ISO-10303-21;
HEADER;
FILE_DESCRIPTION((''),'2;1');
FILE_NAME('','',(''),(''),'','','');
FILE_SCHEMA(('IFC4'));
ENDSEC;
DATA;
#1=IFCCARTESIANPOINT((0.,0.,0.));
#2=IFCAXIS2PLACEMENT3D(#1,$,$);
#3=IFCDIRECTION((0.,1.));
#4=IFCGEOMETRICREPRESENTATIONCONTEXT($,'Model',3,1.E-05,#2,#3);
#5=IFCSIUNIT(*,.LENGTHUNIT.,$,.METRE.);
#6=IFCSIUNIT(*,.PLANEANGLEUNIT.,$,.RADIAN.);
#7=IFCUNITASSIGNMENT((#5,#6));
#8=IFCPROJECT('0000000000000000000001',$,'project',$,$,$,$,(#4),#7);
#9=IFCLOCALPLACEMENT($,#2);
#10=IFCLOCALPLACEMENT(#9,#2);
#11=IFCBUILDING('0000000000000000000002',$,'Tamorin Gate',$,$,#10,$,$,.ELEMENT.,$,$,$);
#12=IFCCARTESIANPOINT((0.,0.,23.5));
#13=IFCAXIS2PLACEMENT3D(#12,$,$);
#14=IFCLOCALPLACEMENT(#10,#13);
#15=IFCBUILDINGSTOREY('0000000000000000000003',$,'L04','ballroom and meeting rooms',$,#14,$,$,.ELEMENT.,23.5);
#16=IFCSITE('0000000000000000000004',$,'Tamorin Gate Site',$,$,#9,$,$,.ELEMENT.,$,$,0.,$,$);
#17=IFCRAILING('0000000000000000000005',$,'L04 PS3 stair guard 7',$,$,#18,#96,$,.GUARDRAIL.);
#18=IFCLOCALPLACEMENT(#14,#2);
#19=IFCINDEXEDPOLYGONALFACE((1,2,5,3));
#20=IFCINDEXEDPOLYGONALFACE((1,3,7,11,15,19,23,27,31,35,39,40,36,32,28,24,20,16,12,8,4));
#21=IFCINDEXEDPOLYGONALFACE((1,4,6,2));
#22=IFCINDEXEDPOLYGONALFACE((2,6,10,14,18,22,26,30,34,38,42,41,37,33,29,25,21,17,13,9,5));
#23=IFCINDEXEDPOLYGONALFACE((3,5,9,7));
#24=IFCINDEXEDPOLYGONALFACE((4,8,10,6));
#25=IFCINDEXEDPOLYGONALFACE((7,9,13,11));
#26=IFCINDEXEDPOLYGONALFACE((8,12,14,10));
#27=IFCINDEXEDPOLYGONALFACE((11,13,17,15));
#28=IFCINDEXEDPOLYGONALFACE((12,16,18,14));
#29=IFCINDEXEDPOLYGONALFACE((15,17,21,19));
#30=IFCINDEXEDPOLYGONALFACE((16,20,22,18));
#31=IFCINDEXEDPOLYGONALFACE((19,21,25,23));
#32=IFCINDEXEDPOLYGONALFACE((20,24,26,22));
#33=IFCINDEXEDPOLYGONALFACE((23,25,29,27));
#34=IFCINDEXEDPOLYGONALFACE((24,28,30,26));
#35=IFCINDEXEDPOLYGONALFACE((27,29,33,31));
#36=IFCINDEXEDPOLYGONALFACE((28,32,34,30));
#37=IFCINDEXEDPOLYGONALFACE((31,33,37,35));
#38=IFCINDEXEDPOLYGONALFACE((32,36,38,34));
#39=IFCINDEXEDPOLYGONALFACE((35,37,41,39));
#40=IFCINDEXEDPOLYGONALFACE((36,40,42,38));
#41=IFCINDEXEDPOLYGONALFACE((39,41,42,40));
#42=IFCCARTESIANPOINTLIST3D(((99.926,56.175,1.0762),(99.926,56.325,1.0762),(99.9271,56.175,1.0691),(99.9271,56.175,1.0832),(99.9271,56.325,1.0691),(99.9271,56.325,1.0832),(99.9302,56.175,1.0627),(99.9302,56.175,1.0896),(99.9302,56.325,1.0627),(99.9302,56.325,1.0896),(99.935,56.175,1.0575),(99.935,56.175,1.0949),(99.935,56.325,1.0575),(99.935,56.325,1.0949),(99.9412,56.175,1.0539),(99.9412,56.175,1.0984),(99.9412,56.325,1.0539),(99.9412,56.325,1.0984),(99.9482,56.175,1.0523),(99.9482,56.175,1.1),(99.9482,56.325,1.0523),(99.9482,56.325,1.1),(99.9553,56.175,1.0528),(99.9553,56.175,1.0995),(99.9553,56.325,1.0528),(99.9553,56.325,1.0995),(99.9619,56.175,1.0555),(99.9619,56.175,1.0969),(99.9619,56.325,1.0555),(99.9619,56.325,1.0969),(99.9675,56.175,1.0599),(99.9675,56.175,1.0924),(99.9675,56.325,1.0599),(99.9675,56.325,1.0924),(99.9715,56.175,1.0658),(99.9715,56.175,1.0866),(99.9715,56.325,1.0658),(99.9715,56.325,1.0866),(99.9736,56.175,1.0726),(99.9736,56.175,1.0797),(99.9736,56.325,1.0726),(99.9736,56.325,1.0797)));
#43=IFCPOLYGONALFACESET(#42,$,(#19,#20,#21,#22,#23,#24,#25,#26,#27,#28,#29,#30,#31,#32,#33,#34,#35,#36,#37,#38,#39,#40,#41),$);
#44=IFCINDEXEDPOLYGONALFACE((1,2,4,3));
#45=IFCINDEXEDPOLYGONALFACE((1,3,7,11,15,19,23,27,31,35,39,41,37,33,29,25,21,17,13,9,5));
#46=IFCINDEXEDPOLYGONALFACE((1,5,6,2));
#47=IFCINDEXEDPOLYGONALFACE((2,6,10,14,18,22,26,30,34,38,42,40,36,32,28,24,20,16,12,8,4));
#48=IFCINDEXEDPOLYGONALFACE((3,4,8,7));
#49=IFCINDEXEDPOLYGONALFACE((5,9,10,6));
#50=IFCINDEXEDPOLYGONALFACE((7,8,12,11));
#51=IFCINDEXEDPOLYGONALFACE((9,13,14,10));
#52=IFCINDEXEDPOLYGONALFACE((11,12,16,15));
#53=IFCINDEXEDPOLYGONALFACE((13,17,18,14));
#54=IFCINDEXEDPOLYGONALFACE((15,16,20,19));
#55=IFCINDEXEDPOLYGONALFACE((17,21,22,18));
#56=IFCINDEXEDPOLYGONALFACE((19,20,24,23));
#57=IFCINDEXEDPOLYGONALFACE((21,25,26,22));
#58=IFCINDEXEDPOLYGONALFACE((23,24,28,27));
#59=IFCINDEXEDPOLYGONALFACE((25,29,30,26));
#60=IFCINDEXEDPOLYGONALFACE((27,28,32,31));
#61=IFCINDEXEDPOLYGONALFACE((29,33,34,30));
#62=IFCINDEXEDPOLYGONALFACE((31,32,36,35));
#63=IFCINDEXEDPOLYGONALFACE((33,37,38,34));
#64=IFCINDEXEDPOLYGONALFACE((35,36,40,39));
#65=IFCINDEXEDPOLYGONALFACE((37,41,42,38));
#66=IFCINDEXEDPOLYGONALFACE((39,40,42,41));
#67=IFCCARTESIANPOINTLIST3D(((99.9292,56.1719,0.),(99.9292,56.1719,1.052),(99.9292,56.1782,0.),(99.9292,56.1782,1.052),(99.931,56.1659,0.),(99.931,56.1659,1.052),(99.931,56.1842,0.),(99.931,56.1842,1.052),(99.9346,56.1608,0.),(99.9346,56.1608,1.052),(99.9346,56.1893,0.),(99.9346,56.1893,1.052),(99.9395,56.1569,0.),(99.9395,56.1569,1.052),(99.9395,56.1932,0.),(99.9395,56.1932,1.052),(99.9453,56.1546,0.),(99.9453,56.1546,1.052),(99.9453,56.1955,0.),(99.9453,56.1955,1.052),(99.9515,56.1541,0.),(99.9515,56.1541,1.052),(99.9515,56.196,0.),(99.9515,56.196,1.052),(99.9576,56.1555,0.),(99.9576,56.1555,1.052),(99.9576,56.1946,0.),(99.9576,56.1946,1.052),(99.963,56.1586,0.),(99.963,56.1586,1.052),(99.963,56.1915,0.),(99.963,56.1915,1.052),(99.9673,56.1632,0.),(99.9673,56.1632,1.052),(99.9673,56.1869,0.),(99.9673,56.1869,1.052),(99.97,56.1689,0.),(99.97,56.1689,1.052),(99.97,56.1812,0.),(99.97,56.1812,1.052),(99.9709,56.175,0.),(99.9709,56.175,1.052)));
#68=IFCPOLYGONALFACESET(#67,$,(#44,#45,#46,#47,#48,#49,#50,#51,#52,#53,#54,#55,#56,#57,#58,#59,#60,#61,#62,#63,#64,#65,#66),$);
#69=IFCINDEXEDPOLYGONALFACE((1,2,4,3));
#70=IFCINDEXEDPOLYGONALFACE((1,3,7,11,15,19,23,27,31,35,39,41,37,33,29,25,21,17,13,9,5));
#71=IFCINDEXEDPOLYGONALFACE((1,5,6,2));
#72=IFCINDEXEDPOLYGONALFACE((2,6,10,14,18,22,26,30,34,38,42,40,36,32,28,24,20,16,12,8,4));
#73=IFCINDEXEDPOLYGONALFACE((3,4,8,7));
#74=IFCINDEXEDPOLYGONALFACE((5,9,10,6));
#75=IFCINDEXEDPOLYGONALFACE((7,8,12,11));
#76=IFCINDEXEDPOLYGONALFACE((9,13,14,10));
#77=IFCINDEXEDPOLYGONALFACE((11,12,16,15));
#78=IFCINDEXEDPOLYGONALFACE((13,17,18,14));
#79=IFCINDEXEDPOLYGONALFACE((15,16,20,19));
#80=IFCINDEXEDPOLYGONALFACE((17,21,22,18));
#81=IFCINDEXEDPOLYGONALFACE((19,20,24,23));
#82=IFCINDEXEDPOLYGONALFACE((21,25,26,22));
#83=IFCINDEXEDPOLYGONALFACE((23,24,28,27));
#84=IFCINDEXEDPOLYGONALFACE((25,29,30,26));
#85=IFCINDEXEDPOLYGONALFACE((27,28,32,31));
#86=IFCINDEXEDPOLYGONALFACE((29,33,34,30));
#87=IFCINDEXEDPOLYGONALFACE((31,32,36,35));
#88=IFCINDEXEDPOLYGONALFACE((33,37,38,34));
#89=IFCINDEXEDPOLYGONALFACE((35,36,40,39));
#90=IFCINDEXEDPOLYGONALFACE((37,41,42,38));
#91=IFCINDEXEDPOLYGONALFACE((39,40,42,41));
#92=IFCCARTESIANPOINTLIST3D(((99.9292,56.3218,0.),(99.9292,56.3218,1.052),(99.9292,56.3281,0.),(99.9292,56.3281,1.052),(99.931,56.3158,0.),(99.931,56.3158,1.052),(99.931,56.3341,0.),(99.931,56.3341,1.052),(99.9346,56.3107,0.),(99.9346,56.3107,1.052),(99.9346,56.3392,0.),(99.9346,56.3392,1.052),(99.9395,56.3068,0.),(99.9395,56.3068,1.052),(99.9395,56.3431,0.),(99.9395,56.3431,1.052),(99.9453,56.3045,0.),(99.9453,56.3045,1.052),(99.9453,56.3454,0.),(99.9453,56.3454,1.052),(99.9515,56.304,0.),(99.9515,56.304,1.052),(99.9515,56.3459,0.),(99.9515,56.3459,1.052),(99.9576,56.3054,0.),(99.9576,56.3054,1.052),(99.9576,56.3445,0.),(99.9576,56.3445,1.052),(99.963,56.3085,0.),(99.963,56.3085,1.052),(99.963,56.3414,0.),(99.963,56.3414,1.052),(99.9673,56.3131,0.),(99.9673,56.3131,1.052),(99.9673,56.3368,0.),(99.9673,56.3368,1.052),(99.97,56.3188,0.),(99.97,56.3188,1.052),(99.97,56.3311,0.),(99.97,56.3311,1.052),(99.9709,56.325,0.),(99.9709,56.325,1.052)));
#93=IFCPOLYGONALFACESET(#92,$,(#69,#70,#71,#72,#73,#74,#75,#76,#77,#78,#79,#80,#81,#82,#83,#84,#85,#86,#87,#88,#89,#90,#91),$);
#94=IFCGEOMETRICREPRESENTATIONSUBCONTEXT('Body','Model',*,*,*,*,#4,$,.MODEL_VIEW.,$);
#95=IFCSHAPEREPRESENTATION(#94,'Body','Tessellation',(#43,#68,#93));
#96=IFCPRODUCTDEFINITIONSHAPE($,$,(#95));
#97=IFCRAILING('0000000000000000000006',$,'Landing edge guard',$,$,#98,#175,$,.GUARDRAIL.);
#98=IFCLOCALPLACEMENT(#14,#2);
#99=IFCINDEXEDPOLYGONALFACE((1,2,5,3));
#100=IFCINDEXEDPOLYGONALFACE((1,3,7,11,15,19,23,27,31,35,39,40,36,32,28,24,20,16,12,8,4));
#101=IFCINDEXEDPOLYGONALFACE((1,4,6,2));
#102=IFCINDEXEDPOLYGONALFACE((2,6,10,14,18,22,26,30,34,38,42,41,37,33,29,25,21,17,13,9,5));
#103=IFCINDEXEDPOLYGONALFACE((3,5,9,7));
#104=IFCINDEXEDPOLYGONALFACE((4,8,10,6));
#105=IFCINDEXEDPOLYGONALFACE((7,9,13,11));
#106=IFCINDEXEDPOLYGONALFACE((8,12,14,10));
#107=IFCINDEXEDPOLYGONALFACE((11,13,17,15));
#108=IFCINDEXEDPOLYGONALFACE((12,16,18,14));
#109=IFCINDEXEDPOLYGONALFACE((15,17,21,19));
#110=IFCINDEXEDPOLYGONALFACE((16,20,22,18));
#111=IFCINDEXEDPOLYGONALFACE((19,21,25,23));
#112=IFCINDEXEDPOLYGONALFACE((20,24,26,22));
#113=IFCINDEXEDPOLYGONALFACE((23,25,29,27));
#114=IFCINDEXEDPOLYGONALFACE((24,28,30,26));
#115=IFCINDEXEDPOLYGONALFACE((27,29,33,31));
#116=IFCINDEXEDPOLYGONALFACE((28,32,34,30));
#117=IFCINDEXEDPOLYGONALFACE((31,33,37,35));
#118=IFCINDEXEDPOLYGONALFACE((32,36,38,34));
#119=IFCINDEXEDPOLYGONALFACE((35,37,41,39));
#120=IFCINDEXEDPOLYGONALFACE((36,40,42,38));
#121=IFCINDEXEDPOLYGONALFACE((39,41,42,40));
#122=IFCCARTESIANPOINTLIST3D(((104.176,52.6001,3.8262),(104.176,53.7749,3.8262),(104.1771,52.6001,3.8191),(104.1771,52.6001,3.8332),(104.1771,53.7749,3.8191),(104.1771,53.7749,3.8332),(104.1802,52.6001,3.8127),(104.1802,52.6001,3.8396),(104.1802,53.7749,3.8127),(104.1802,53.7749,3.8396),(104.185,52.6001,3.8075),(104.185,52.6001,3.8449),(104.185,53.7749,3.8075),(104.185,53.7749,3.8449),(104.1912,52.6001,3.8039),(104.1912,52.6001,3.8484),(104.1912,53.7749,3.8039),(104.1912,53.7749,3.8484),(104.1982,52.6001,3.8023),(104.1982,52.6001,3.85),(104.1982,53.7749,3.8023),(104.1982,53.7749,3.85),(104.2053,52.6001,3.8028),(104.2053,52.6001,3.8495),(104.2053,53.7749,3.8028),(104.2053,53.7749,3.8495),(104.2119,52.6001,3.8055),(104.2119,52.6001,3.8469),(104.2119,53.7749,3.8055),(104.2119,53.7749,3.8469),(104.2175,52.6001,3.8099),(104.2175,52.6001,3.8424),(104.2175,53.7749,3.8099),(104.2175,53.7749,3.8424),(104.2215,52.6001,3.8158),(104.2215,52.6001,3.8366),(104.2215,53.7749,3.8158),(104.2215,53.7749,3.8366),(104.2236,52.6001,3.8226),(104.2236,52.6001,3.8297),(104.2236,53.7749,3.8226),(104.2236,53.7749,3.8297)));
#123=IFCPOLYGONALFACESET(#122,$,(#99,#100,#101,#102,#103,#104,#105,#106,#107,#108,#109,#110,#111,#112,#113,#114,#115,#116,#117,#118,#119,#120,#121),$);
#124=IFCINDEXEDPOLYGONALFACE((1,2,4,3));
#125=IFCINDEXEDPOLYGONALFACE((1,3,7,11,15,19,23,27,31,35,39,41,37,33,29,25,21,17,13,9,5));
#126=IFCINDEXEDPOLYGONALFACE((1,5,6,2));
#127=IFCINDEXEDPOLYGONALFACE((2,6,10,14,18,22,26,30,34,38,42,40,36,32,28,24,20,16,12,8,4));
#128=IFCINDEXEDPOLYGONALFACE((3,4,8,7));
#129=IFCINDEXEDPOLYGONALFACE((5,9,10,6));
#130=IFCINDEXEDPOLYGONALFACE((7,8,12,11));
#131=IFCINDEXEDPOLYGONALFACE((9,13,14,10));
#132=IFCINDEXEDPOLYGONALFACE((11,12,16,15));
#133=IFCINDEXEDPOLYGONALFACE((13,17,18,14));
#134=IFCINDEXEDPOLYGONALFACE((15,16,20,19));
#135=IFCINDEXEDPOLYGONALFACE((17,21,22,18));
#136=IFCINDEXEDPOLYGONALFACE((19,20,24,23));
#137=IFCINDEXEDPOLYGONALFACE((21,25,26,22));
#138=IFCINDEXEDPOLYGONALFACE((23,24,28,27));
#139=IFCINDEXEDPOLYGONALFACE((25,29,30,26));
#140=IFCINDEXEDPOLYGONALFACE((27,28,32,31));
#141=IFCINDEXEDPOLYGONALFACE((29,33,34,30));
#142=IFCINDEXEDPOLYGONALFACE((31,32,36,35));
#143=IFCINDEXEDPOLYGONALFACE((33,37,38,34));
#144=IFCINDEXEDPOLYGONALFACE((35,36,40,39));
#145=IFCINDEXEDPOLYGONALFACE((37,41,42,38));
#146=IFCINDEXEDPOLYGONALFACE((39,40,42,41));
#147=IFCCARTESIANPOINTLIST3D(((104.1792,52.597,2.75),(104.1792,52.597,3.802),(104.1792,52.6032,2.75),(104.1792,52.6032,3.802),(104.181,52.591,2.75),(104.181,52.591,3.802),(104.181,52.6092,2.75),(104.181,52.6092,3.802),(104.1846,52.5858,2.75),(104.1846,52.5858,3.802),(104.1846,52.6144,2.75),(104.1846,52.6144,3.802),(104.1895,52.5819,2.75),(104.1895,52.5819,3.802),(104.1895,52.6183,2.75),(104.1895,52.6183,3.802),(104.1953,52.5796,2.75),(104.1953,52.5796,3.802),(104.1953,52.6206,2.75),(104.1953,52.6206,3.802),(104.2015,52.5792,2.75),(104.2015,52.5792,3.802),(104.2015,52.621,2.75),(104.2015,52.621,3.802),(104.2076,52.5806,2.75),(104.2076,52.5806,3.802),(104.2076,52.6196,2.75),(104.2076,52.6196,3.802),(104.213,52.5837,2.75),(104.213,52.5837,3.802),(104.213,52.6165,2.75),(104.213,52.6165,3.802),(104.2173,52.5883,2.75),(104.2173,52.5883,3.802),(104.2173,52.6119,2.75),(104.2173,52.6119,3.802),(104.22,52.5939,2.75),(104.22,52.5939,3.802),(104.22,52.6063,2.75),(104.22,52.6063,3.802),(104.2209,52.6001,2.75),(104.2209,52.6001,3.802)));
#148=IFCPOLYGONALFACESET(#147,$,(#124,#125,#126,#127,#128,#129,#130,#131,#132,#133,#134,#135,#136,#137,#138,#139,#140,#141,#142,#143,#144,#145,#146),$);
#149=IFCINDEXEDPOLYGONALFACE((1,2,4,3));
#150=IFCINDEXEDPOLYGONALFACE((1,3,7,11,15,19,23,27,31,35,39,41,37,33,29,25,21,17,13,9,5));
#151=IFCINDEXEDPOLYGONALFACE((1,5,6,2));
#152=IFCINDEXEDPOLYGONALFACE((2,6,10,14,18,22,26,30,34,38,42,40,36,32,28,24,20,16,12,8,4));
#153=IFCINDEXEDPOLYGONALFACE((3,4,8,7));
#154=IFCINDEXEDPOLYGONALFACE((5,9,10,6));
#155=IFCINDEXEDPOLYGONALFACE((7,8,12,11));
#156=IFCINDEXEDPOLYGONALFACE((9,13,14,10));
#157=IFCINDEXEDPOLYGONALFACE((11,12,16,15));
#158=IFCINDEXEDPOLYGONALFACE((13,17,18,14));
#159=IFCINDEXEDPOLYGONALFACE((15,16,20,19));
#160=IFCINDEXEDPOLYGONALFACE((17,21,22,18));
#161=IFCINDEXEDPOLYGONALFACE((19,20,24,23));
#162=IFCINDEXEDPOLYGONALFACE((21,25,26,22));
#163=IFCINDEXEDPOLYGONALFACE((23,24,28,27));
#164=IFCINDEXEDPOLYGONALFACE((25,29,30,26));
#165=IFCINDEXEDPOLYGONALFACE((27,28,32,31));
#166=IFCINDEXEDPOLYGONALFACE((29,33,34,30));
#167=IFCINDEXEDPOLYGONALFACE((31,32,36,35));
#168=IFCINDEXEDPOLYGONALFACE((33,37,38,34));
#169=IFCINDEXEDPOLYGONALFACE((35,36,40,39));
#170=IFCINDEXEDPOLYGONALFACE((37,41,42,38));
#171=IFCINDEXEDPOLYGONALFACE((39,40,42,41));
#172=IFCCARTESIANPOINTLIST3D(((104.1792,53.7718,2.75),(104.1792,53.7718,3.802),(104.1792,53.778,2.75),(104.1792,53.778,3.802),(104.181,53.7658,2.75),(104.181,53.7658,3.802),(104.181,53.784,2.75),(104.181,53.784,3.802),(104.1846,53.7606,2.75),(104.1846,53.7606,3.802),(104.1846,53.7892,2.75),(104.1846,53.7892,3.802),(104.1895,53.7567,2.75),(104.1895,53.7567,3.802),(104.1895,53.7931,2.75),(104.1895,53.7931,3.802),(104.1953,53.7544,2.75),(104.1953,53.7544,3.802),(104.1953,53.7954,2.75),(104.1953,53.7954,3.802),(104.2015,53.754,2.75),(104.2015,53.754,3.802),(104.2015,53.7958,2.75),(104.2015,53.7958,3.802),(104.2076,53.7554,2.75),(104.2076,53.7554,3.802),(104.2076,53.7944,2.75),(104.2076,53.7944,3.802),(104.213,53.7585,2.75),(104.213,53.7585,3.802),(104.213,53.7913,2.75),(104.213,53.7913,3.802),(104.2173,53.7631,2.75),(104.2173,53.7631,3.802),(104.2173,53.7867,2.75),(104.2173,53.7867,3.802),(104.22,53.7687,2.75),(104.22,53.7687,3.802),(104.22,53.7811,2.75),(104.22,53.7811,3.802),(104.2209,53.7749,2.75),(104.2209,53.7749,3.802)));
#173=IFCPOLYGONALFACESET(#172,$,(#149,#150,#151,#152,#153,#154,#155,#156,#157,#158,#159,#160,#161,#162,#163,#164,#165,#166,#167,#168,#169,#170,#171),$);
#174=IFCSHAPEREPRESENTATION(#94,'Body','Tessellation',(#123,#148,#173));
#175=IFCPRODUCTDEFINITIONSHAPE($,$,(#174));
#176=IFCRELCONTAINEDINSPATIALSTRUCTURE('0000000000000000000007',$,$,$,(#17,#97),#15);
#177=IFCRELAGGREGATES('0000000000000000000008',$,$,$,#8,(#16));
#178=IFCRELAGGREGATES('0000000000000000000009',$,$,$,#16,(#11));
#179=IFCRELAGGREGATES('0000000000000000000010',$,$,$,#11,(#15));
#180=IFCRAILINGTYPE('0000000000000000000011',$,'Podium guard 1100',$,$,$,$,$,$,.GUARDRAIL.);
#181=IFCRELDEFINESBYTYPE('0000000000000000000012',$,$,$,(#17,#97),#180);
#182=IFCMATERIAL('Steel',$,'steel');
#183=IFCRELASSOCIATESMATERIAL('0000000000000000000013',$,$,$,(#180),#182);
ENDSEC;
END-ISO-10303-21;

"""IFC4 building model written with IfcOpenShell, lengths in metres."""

from ifc_helpers import new_model, si_unit, direction, frame, origin, origin_2d, place, context, subcontext, project, spatial, circle, extrude, material, type_object, element, save


model = new_model("IFC4")

# Units and contexts
model_context = context("Model", 3, precision=1e-05, world=origin(), true_north=direction((0.0, 1.0)))
body_context = subcontext(model_context, "Body", "Model", "MODEL_VIEW")
ifc_project = project(units=[si_unit("LENGTHUNIT", "METRE"), si_unit("PLANEANGLEUNIT", "RADIAN")], contexts=[model_context])

# Site, building, storey
site_placement = place(None, origin())
site = spatial("IfcSite", under=ifc_project, at=site_placement, Name="Tamorin Gate Site", CompositionType="ELEMENT", RefElevation=0.0)
building_placement = place(site_placement, origin())
building = spatial("IfcBuilding", under=site, at=building_placement, Name="Tamorin Gate", CompositionType="ELEMENT")
storey_placement = place(building_placement, frame((0.0, 0.0, 23.5)))
storey = spatial("IfcBuildingStorey", under=building, at=storey_placement, Name="L04", Description="ballroom and meeting rooms", CompositionType="ELEMENT", Elevation=23.5)

# Railings
ifc_material_1 = material(Name="Steel", Category="steel")
railing_type_1 = type_object("IfcRailingType", Name="Podium guard 1100", PredefinedType="GUARDRAIL", material=ifc_material_1)
railing_1_placement = place(storey_placement, frame((99.95, 56.175, 0.0)))
element("IfcRailing", 1, at=railing_1_placement, inside=storey, type_object=railing_type_1, Name="L04 PS3 stair guard 7", PredefinedType="GUARDRAIL", context=body_context, shape_type="SweptSolid", body=[
    extrude(circle(Radius=0.0239, at=origin_2d()), frame((0.0, 0.0, 1.0762), z_axis=(0.0, 1.0, 0.0), x_axis=(-1.0, 0.0, 0.0)), (0.0, 0.0, 1.0), 0.1499),
    extrude(circle(Radius=0.021, at=origin_2d()), origin(), (0.0, 0.0, 1.0), 1.052),
    extrude(circle(Radius=0.021, at=origin_2d()), frame((0.0, 0.1499, 0.0)), (0.0, 0.0, 1.0), 1.052),
])
for number, where, name in (
    (2, (104.2, 52.6001, 2.75), "Landing edge guard"),
):
    element("IfcRailing", number, at=place(storey_placement, frame(where)), inside=storey, type_object=railing_type_1, Name=name, PredefinedType="GUARDRAIL", context=body_context, shape_type="SweptSolid", body=[
        extrude(circle(Radius=0.0239, at=origin_2d()), frame((0.0, 0.0, 1.0762), z_axis=(0.0, 1.0, 0.0), x_axis=(-1.0, 0.0, 0.0)), (0.0, 0.0, 1.0), 1.1748),
        extrude(circle(Radius=0.021, at=origin_2d()), origin(), (0.0, 0.0, 1.0), 1.052),
        extrude(circle(Radius=0.021, at=origin_2d()), frame((0.0, 1.1748, 0.0)), (0.0, 0.0, 1.0), 1.052),
    ])

save(model, "model.ifc")
